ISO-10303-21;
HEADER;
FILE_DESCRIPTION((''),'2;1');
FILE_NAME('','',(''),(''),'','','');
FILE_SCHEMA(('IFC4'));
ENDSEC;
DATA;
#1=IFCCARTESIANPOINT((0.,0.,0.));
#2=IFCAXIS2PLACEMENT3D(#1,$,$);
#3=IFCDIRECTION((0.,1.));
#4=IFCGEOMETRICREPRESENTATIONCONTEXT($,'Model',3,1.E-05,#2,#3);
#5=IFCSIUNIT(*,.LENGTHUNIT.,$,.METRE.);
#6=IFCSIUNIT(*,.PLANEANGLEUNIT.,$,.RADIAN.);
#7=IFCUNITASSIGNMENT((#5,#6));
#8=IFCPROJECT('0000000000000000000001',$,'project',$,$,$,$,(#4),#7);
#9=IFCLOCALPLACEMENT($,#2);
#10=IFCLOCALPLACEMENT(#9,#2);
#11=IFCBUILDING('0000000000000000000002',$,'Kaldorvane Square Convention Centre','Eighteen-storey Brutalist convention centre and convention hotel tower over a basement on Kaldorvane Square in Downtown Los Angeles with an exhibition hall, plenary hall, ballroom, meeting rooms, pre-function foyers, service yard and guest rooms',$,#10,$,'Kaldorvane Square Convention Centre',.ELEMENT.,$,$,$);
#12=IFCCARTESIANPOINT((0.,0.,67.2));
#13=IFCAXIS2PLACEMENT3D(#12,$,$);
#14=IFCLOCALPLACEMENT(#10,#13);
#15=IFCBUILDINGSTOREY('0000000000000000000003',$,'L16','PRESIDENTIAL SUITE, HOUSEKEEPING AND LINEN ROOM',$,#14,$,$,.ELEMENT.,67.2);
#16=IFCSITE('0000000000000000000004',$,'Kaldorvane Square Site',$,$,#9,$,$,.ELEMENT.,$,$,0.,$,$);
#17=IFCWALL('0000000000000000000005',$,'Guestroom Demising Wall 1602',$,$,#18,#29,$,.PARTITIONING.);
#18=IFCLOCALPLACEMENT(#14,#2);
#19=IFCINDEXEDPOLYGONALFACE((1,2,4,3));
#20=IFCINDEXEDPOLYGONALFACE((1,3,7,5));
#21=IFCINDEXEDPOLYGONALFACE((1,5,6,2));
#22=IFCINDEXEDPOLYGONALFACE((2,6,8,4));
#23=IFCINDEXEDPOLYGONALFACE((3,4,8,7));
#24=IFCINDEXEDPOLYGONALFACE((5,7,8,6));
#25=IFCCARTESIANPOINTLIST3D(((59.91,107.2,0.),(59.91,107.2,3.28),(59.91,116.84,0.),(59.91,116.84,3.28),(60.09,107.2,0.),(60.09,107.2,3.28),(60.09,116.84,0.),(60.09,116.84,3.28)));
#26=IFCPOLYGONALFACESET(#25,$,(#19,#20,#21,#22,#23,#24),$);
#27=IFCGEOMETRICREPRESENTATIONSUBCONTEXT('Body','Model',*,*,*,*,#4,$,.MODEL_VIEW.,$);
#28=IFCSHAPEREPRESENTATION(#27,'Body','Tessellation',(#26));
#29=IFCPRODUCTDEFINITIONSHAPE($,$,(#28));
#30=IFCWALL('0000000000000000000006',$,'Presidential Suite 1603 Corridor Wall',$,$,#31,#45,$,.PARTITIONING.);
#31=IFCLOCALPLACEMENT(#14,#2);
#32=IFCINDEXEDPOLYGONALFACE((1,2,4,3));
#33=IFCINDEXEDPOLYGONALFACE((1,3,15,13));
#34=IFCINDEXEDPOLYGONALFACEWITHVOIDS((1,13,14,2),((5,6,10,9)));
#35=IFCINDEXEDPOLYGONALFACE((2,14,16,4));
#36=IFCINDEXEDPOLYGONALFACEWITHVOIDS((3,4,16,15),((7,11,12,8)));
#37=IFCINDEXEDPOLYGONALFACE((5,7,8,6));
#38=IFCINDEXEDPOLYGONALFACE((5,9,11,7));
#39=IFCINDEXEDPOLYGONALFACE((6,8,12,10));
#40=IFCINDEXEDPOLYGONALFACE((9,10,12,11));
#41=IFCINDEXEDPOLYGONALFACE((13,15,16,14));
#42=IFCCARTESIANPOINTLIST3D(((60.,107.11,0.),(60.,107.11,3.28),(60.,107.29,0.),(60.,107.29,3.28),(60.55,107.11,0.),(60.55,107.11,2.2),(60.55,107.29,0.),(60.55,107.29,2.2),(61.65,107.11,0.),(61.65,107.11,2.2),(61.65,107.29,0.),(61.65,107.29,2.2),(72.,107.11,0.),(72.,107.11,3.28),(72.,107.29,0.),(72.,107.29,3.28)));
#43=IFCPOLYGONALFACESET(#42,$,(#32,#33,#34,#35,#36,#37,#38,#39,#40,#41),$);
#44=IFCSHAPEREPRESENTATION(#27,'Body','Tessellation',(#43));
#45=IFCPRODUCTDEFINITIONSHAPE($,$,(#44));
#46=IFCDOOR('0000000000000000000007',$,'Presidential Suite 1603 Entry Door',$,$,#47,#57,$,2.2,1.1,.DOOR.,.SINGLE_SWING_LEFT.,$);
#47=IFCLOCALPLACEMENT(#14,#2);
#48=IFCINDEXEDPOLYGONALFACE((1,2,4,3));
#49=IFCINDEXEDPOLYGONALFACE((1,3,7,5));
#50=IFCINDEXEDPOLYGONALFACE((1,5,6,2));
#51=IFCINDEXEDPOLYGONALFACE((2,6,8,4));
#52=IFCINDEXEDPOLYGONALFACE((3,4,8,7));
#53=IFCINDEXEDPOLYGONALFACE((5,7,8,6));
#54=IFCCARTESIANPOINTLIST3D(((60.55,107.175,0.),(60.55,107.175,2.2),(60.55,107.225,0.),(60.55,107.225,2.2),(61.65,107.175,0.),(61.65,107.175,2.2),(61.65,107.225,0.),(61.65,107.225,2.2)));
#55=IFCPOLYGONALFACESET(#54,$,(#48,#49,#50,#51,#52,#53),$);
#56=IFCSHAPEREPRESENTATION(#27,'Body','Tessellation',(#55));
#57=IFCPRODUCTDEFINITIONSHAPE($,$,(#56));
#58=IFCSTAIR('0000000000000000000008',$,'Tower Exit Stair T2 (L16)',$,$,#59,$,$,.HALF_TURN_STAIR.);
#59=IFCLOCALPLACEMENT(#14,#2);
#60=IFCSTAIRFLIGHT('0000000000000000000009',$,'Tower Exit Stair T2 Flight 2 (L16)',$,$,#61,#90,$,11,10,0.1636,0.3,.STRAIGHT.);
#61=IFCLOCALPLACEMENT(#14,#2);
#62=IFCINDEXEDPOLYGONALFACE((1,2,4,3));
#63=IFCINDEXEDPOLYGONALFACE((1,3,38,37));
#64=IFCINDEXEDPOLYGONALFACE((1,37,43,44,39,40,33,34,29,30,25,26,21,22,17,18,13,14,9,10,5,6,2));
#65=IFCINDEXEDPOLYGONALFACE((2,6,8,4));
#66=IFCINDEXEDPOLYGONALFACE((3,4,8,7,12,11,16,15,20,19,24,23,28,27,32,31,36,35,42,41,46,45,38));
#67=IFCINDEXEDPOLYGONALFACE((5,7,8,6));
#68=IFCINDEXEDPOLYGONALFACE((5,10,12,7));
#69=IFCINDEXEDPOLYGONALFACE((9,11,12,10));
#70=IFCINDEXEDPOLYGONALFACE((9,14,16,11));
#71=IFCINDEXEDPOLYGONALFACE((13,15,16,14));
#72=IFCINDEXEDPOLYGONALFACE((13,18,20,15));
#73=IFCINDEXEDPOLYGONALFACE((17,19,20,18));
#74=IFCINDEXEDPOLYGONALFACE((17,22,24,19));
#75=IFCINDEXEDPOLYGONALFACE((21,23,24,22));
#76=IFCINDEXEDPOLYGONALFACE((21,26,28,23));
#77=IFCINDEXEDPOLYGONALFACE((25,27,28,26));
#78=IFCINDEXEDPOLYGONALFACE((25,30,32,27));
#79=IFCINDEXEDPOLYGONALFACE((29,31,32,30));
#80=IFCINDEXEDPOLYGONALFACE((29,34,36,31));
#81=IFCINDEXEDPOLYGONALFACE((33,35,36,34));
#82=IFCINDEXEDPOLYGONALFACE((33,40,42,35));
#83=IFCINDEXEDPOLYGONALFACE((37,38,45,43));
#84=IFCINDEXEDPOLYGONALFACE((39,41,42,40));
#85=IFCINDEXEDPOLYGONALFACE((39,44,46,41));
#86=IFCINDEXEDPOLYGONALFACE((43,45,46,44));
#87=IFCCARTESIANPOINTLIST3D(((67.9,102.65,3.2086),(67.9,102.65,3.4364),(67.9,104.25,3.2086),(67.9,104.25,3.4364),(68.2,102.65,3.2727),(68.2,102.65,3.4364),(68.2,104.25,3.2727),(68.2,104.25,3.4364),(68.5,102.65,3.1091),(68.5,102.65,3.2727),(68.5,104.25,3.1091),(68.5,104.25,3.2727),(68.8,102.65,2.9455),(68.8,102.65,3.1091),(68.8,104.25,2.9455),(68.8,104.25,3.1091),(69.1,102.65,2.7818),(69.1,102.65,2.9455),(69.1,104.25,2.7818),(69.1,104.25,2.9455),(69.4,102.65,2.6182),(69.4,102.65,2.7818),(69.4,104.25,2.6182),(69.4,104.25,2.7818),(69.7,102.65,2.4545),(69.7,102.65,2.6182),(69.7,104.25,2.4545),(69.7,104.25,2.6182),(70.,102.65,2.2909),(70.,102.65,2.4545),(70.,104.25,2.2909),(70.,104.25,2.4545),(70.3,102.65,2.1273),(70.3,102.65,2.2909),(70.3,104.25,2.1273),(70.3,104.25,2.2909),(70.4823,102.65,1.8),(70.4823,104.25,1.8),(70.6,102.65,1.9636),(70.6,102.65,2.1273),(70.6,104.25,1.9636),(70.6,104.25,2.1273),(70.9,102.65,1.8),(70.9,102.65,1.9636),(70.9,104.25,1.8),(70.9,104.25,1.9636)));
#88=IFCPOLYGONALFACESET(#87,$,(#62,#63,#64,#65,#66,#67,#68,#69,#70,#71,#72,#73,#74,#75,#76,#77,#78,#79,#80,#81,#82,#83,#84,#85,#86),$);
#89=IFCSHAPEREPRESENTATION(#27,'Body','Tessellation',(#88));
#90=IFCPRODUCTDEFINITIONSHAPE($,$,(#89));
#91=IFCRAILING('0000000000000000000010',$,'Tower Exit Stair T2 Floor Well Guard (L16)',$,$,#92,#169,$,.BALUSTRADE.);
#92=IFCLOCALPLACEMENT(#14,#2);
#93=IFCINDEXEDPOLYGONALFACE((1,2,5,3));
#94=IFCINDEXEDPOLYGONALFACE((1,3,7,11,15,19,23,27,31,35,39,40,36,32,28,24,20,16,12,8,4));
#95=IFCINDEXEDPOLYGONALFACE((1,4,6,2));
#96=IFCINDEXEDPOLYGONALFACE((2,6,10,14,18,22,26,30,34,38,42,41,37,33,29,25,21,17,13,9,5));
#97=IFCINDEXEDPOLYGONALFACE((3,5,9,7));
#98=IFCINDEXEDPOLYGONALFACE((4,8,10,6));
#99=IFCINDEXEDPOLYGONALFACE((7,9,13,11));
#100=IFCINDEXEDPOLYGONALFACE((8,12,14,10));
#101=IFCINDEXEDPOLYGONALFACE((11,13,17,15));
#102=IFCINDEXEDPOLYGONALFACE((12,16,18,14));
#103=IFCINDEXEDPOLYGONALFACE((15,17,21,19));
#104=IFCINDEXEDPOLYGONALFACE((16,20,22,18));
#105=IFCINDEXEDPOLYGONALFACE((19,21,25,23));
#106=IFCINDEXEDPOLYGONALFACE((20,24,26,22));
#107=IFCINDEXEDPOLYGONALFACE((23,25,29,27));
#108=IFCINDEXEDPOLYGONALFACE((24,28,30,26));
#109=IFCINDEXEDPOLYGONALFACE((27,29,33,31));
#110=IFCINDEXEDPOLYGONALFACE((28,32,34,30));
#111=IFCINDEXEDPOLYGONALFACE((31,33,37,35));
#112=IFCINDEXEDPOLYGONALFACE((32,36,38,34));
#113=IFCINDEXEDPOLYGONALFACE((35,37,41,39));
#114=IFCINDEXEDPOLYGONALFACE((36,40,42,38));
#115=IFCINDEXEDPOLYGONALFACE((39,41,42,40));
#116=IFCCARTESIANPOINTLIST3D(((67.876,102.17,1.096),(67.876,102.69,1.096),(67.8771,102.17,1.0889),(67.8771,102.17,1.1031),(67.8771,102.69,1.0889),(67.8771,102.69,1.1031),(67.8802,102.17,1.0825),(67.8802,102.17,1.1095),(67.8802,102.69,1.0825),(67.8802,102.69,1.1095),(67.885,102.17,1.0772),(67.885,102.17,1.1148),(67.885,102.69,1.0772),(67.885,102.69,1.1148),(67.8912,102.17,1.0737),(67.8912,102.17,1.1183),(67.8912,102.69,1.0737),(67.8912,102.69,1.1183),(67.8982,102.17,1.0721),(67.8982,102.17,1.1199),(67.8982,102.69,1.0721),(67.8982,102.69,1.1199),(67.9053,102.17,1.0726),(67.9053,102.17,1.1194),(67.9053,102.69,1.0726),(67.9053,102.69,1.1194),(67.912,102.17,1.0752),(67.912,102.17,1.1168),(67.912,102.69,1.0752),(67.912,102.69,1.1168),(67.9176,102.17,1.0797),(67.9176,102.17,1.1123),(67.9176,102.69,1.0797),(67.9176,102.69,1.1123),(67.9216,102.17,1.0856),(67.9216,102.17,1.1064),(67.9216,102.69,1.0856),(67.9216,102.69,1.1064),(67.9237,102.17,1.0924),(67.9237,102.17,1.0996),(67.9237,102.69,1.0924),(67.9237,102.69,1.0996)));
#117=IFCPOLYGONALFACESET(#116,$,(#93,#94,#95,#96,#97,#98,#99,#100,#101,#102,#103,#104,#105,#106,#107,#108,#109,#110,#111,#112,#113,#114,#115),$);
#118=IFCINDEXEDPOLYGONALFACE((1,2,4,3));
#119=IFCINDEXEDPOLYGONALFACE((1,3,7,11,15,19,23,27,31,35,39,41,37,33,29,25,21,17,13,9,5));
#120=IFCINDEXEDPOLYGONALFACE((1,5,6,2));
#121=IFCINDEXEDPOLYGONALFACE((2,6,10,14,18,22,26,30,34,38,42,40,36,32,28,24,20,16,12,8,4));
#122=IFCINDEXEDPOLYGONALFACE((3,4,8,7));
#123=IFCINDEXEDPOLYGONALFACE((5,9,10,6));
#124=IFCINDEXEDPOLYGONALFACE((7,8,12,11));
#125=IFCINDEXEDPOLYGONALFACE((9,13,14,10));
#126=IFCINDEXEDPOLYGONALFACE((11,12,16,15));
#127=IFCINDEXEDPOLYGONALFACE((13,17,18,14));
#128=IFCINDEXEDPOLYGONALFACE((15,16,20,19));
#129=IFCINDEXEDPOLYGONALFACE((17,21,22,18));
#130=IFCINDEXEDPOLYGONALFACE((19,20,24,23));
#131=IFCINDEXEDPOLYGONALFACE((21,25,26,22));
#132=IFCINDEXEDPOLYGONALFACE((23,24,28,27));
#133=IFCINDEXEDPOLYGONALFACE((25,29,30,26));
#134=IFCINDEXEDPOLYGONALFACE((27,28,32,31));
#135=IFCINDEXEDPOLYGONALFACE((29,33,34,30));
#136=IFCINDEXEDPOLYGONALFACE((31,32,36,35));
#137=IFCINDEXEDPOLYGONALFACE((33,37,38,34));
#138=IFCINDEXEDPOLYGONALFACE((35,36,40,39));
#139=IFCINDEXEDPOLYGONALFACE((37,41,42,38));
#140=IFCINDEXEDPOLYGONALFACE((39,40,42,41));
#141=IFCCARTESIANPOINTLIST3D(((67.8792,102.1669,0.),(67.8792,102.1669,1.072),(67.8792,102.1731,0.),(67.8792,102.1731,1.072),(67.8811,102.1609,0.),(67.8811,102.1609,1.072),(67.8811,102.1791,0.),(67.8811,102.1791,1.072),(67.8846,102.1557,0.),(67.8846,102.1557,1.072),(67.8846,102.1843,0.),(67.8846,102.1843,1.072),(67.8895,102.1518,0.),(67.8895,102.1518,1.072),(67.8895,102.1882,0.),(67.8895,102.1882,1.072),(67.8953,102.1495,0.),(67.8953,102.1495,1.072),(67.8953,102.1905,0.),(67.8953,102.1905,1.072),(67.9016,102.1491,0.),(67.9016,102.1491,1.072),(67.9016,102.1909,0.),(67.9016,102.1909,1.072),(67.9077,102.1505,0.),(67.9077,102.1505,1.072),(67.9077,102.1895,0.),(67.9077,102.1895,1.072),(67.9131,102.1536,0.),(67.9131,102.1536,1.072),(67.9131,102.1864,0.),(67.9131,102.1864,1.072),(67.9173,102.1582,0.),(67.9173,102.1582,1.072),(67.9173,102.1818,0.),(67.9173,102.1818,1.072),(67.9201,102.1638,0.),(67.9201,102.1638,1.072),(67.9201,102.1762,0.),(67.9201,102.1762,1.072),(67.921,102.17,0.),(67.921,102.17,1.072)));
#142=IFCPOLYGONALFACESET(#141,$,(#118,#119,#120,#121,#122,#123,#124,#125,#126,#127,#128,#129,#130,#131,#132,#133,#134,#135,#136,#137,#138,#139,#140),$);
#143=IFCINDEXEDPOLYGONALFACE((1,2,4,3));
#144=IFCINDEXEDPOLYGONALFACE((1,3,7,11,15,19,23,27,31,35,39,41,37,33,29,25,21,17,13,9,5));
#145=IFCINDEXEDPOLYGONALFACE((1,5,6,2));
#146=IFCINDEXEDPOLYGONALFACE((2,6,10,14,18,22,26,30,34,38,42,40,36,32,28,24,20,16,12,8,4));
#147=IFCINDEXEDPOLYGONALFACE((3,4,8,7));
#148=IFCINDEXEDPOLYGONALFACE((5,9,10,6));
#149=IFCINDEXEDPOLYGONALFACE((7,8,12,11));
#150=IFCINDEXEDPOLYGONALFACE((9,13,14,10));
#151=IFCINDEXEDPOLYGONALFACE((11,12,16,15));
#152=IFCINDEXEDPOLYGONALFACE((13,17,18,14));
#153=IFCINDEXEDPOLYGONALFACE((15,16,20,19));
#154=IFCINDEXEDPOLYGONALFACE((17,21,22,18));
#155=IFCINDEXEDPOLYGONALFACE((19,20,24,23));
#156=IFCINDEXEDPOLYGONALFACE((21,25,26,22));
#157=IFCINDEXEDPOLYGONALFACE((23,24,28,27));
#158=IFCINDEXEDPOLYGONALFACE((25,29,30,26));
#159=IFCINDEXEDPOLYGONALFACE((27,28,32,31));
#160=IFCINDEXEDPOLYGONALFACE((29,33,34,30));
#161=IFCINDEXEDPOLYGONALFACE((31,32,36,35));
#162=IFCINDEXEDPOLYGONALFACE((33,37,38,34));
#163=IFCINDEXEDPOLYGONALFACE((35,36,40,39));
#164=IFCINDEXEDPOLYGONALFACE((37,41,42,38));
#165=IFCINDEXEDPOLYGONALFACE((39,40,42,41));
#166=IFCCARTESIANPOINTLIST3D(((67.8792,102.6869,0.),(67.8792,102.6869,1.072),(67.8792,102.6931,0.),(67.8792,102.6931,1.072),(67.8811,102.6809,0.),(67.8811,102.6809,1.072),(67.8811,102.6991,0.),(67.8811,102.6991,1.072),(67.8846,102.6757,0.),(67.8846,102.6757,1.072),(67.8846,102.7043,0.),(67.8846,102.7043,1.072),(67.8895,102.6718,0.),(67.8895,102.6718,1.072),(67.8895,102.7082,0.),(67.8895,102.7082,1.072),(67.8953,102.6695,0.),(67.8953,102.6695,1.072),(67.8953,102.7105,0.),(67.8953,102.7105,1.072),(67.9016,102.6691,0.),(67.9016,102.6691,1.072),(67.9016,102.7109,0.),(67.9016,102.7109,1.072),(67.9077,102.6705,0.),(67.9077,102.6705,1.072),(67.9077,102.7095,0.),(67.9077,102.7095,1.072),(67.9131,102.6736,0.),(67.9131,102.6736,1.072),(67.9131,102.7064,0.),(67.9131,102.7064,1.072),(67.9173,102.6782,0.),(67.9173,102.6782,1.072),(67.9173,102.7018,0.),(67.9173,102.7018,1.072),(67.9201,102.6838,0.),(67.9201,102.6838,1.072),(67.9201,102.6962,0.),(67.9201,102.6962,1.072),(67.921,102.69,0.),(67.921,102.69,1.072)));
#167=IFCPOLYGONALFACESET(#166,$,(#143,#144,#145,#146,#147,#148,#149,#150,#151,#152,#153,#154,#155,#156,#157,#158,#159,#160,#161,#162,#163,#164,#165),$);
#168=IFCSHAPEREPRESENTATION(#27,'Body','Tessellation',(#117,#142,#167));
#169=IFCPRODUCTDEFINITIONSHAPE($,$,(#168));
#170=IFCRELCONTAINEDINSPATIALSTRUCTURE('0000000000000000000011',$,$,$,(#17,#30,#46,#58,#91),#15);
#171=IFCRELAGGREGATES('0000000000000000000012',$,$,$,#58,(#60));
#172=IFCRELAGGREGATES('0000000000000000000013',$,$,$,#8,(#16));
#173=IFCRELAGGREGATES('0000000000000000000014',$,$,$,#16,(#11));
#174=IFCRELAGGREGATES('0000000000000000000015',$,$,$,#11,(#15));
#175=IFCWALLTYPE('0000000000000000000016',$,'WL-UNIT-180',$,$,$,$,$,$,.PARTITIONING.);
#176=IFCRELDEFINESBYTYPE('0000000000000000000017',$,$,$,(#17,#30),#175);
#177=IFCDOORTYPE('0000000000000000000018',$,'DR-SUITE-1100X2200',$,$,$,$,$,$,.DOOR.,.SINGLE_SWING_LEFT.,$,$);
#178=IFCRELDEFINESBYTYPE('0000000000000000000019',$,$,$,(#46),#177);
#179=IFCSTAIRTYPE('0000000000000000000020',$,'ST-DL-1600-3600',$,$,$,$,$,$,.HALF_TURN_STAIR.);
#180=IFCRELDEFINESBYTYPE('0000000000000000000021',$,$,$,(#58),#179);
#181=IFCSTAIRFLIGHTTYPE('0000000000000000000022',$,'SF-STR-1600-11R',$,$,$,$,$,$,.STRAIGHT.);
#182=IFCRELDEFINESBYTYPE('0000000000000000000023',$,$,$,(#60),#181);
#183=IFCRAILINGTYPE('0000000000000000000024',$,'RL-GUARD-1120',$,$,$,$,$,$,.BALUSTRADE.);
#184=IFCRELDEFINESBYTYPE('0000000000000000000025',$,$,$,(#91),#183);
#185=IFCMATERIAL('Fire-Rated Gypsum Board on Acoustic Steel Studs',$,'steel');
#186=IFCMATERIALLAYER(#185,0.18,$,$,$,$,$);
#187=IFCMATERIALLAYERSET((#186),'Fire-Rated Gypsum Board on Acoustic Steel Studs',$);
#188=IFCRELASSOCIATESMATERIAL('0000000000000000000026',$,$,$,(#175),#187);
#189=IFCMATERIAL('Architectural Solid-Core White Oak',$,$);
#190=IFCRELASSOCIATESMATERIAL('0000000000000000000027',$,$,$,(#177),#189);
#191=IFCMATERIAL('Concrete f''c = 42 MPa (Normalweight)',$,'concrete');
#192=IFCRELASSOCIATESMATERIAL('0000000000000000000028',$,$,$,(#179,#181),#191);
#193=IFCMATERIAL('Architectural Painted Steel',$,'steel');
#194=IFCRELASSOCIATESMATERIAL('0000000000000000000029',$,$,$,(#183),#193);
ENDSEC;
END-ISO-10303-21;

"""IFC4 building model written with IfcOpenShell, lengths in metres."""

from ifc_helpers import new_model, si_unit, direction, frame, frame_2d, origin, origin_2d, place, context, subcontext, project, spatial, polyline, rectangle, circle, outline, extrude, material, layer, layer_set, type_object, element, fill, aggregate, save


model = new_model("IFC4")

# Units and contexts
model_context = context("Model", 3, precision=1e-05, world=origin(), true_north=direction((0.0, 1.0)))
body_context = subcontext(model_context, "Body", "Model", "MODEL_VIEW")
ifc_project = project(units=[si_unit("LENGTHUNIT", "METRE"), si_unit("PLANEANGLEUNIT", "RADIAN")], contexts=[model_context])

# Site, building, storey
site_placement = place(None, origin())
site = spatial("IfcSite", under=ifc_project, at=site_placement, Name="Kaldorvane Square Site", CompositionType="ELEMENT", RefElevation=0.0)
building_placement = place(site_placement, origin())
building = spatial("IfcBuilding", under=site, at=building_placement, Name="Kaldorvane Square Convention Centre", Description="Eighteen-storey Brutalist convention centre and convention hotel tower over a basement on Kaldorvane Square in Downtown Los Angeles with an exhibition hall, plenary hall, ballroom, meeting rooms, pre-function foyers, service yard and guest rooms", LongName="Kaldorvane Square Convention Centre", CompositionType="ELEMENT")
storey_placement = place(building_placement, frame((0.0, 0.0, 67.2)))
storey = spatial("IfcBuildingStorey", under=building, at=storey_placement, Name="L16", Description="PRESIDENTIAL SUITE, HOUSEKEEPING AND LINEN ROOM", CompositionType="ELEMENT", Elevation=67.2)

# Shared definitions
ifc_material_1 = material(Name="Concrete f'c = 42 MPa (Normalweight)", Category="concrete")

# Shared definitions
ifc_material_2 = material(Name="Fire-Rated Gypsum Board on Acoustic Steel Studs", Category="steel")
ifc_material_3 = material(Name="Architectural Solid-Core White Oak")

# Wall
ifc_layer_1 = layer(ifc_material_2, 0.18)
ifc_layer_set_1 = layer_set([ifc_layer_1], Name="Fire-Rated Gypsum Board on Acoustic Steel Studs")
wall_type_1 = type_object("IfcWallType", Name="WL-UNIT-180", PredefinedType="PARTITIONING", material=ifc_layer_set_1)
wall_1_placement = place(storey_placement, frame((60.0, 107.2, 0.0), z_axis=(0.0, 0.0, 1.0), x_axis=(0.0, 1.0, 0.0)))
element("IfcWall", 1, at=wall_1_placement, inside=storey, type_object=wall_type_1, Name="Guestroom Demising Wall 1602", PredefinedType="PARTITIONING", context=body_context, shape_type="SweptSolid", body=[
    extrude(rectangle(XDim=9.64, YDim=0.18, at=frame_2d((4.82, 0.0))), origin(), (0.0, 0.0, 1.0), 3.28),
])

# Wall, opening, door
wall_2_placement = place(storey_placement, frame((60.0, 107.2, 0.0), z_axis=(0.0, 0.0, 1.0), x_axis=(1.0, 0.0, 0.0)))
wall_2 = element("IfcWall", 2, at=wall_2_placement, inside=storey, type_object=wall_type_1, Name="Presidential Suite 1603 Corridor Wall", PredefinedType="PARTITIONING", context=body_context, shape_type="SweptSolid", body=[
    extrude(rectangle(XDim=12.0, YDim=0.18, at=frame_2d((6.0, 0.0))), origin(), (0.0, 0.0, 1.0), 3.28),
])
opening_1_placement = place(wall_2_placement, frame((0.55, 0.0, 0.0)))
opening_1 = element("IfcOpeningElement", 3, at=opening_1_placement, cuts=wall_2, PredefinedType="OPENING", context=body_context, shape_type="SweptSolid", body=[
    extrude(rectangle(XDim=1.1, YDim=2.2, at=frame_2d((0.55, 1.1))), frame((0.0, 0.105, 0.0), z_axis=(0.0, -1.0, 0.0), x_axis=(1.0, 0.0, 0.0)), (0.0, 0.0, 1.0), 0.21),
])
door_type_1 = type_object("IfcDoorType", Name="DR-SUITE-1100X2200", OperationType="SINGLE_SWING_LEFT", PredefinedType="DOOR", material=ifc_material_3)
door_1_placement = place(opening_1_placement, origin())
door_1 = element("IfcDoor", 4, at=door_1_placement, inside=storey, type_object=door_type_1, Name="Presidential Suite 1603 Entry Door", OperationType="SINGLE_SWING_LEFT", OverallHeight=2.2, OverallWidth=1.1, PredefinedType="DOOR", context=body_context, shape_type="SweptSolid", body=[
    extrude(rectangle(XDim=1.1, YDim=2.2, at=frame_2d((0.55, 1.1))), frame((0.0, 0.025, 0.0), z_axis=(0.0, -1.0, 0.0), x_axis=(1.0, 0.0, 0.0)), (0.0, 0.0, 1.0), 0.05),
])
fill(opening_1, door_1)

# Stair, stair flight
stair_type = type_object("IfcStairType", Name="ST-DL-1600-3600", PredefinedType="HALF_TURN_STAIR", material=ifc_material_1)
stair_placement = place(storey_placement, origin())
stair = element("IfcStair", 5, at=stair_placement, inside=storey, type_object=stair_type, Name="Tower Exit Stair T2 (L16)", PredefinedType="HALF_TURN_STAIR")
stair_flight_type = type_object("IfcStairFlightType", Name="SF-STR-1600-11R", PredefinedType="STRAIGHT", material=ifc_material_1)
stair_flight_placement = place(storey_placement, frame((70.9, 103.45, 1.8), z_axis=(0.0, 0.0, 1.0), x_axis=(-1.0, 0.0, 0.0)))
stair_flight = element("IfcStairFlight", 6, at=stair_flight_placement, type_object=stair_flight_type, Name="Tower Exit Stair T2 Flight 2 (L16)", NumberOfRisers=11, NumberOfTreads=10, PredefinedType="STRAIGHT", RiserHeight=0.1636, TreadLength=0.3, context=body_context, shape_type="SweptSolid", body=[
    extrude(outline(polyline([(0.0, 0.0), (0.0, 0.1636), (0.3, 0.1636), (0.3, 0.3273), (0.6, 0.3273), (0.6, 0.4909), (0.9, 0.4909), (0.9, 0.6545), (1.2, 0.6545), (1.2, 0.8182), (1.5, 0.8182), (1.5, 0.9818), (1.8, 0.9818), (1.8, 1.1455), (2.1, 1.1455), (2.1, 1.3091), (2.4, 1.3091), (2.4, 1.4727), (2.7, 1.4727), (2.7, 1.6364), (3.0, 1.6364), (3.0, 1.8), (3.0, 1.4086), (0.4177, 0.0), (0.0, 0.0)])), frame((0.0, 0.8, 0.0), z_axis=(0.0, -1.0, 0.0), x_axis=(1.0, 0.0, 0.0)), (0.0, 0.0, 1.0), 1.6),
])
aggregate(stair, [stair_flight])

# Railing
ifc_material_4 = material(Name="Architectural Painted Steel", Category="steel")
railing_type = type_object("IfcRailingType", Name="RL-GUARD-1120", PredefinedType="BALUSTRADE", material=ifc_material_4)
for number, where, name in (
    (7, (67.9, 102.17, 0.0), "Tower Exit Stair T2 Floor Well Guard (L16)"),
):
    element("IfcRailing", number, at=place(storey_placement, frame(where)), inside=storey, type_object=railing_type, Name=name, PredefinedType="BALUSTRADE", context=body_context, shape_type="SweptSolid", body=[
        extrude(circle(Radius=0.024, at=origin_2d()), frame((0.0, 0.0, 1.096), z_axis=(0.0, 1.0, 0.0), x_axis=(-1.0, 0.0, 0.0)), (0.0, 0.0, 1.0), 0.52),
        extrude(circle(Radius=0.021, at=origin_2d()), origin(), (0.0, 0.0, 1.0), 1.072),
        extrude(circle(Radius=0.021, at=origin_2d()), frame((0.0, 0.52, 0.0)), (0.0, 0.0, 1.0), 1.072),
    ])

save(model, "model.ifc")
